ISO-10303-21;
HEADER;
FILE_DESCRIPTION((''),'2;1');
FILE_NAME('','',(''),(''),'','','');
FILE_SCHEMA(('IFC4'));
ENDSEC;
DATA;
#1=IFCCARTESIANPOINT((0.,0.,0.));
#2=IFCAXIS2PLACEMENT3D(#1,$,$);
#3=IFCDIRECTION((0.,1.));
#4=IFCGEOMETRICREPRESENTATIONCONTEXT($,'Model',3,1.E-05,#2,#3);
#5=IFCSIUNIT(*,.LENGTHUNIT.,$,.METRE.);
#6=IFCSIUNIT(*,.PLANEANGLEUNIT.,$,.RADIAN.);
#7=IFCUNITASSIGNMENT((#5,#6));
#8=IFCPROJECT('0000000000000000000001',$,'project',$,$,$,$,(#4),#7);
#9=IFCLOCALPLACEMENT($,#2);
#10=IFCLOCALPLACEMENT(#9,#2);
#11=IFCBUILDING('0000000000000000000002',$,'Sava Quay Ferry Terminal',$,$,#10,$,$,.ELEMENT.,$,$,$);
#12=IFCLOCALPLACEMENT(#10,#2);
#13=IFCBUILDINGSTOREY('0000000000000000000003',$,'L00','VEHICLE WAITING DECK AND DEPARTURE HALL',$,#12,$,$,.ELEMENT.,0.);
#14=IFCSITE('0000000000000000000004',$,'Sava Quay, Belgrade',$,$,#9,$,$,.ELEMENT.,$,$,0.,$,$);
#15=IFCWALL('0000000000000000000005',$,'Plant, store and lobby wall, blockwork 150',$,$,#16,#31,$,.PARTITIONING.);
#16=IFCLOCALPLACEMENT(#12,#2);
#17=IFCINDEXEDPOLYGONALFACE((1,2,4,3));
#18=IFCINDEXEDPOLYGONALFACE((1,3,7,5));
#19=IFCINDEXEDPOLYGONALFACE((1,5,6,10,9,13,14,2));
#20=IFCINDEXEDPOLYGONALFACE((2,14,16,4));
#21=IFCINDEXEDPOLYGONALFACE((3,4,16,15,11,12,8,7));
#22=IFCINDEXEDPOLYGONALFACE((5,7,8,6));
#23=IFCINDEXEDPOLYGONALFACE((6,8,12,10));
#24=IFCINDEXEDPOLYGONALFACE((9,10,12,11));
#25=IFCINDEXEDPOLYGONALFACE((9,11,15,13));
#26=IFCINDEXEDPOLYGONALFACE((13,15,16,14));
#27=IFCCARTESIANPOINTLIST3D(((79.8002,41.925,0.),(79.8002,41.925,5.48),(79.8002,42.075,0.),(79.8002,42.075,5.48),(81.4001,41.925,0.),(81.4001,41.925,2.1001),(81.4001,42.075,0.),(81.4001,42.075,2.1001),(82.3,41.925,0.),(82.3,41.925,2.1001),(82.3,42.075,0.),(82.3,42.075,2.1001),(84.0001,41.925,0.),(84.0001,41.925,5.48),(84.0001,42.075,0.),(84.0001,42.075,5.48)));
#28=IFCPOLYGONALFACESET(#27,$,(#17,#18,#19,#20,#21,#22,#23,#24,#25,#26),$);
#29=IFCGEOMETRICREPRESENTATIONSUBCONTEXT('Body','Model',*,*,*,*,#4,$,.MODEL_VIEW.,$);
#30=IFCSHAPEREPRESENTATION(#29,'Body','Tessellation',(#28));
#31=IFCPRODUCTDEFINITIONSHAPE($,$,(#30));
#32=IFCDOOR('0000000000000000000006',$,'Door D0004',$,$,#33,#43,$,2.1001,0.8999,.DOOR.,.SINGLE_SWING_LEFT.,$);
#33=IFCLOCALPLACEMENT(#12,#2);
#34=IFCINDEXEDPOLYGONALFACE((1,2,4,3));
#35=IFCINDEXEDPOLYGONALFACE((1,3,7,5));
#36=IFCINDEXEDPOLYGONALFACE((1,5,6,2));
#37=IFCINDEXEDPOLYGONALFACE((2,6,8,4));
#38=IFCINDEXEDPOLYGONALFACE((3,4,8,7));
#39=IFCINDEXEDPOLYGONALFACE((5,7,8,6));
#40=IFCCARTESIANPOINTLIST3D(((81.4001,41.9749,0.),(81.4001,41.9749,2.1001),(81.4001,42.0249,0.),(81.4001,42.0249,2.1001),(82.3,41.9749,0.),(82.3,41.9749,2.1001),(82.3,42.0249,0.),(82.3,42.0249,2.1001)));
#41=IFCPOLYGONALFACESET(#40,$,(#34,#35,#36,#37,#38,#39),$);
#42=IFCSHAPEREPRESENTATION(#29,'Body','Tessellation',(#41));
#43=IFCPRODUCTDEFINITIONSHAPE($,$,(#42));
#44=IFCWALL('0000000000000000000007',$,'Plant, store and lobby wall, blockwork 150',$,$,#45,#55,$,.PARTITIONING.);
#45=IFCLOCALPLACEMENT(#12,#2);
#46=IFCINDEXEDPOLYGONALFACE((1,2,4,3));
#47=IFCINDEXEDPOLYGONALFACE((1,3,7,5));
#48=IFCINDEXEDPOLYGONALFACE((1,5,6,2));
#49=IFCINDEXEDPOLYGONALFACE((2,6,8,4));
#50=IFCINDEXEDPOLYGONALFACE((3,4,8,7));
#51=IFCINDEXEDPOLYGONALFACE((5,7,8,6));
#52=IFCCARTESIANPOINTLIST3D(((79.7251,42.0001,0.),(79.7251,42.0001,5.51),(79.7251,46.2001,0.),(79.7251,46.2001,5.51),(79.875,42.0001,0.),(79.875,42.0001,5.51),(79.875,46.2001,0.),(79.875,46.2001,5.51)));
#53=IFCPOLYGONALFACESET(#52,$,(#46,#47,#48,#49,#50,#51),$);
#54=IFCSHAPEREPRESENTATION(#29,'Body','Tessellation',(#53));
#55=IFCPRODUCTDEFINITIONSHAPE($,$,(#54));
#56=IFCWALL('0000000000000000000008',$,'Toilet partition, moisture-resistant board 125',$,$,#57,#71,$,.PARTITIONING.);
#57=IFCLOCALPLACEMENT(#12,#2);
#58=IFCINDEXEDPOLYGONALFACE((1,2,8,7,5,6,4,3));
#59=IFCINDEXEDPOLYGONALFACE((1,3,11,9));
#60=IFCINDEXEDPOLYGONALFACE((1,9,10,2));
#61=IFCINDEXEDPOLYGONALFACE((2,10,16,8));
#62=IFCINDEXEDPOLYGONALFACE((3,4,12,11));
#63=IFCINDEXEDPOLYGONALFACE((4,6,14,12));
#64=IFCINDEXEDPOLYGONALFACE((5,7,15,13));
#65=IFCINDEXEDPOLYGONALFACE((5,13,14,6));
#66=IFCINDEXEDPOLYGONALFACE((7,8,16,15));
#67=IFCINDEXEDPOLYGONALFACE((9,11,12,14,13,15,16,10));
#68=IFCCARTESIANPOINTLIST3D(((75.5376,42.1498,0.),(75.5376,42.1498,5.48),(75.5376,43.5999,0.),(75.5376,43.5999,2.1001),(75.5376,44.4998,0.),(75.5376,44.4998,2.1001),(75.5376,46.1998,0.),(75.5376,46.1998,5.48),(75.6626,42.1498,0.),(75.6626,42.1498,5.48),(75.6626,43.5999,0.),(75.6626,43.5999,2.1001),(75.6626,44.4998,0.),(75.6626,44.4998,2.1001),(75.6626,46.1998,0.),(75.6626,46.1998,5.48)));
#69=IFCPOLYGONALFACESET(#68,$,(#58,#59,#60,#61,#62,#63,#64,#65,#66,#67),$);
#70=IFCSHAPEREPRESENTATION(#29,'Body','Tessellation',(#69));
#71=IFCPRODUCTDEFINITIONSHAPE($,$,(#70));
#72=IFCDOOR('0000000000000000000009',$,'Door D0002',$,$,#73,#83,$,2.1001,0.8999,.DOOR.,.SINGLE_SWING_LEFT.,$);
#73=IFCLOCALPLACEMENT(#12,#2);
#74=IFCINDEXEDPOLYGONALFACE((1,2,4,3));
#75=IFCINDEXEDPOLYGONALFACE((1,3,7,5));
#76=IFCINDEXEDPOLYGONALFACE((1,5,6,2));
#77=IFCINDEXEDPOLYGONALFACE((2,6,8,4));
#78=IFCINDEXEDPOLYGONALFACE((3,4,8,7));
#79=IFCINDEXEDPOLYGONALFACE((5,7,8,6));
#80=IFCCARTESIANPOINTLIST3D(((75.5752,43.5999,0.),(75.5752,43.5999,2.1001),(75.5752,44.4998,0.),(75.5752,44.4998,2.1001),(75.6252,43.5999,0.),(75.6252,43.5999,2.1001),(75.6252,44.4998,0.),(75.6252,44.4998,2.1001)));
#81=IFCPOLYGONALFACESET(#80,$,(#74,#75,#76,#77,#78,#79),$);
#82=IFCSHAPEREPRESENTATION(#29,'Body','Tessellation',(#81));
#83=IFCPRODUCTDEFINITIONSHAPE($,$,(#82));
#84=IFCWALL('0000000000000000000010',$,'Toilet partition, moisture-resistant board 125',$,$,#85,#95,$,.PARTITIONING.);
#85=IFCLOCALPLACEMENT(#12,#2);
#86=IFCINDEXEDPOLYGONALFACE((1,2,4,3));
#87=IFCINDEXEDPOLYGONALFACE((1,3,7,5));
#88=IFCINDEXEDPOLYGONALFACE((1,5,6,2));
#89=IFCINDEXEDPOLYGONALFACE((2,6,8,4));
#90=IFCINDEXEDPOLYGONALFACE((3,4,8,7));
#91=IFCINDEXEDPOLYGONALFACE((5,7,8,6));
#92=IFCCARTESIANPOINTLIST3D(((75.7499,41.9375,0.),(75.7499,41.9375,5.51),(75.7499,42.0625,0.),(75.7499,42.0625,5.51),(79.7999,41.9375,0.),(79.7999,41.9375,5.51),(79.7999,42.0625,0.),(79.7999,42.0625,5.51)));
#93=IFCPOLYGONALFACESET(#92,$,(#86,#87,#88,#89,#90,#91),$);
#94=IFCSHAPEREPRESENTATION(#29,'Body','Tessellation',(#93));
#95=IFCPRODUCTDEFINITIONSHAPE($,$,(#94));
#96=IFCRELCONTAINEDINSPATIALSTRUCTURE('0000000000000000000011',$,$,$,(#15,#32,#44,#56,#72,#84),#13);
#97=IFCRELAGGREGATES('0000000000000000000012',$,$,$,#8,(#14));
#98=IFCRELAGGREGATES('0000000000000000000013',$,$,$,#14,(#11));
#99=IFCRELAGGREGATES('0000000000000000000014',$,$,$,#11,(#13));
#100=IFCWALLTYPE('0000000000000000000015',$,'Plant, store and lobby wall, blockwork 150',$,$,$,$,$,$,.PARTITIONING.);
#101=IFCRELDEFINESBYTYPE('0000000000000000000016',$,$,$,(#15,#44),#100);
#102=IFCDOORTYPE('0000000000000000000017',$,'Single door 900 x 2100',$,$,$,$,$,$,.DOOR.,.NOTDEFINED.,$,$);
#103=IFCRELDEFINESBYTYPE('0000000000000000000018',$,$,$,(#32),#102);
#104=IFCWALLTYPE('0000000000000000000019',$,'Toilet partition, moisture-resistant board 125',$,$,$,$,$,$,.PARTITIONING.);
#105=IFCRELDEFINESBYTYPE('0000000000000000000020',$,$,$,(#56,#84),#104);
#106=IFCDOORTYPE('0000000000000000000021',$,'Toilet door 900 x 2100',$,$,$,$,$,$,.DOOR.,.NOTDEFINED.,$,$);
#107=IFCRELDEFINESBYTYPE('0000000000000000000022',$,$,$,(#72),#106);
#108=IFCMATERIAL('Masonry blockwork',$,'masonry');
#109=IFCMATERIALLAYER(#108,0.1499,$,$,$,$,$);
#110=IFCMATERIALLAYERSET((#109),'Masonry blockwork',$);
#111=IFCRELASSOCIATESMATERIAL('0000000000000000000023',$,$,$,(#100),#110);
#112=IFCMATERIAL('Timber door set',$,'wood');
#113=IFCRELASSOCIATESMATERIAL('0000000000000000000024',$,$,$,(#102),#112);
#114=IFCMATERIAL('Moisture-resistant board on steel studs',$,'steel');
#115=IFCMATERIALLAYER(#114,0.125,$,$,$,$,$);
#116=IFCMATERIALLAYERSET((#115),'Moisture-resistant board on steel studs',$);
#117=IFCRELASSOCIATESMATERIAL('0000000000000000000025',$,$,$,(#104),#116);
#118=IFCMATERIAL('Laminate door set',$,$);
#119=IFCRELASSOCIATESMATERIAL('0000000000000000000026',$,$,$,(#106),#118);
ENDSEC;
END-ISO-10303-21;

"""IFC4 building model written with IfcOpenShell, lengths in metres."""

from ifc_helpers import new_model, si_unit, direction, frame, frame_2d, origin, place, context, subcontext, project, spatial, rectangle, extrude, material, layer, layer_set, type_object, element, fill, save


model = new_model("IFC4")

# Units and contexts
model_context = context("Model", 3, precision=1e-05, world=origin(), true_north=direction((0.0, 1.0)))
body_context = subcontext(model_context, "Body", "Model", "MODEL_VIEW")
ifc_project = project(units=[si_unit("LENGTHUNIT", "METRE"), si_unit("PLANEANGLEUNIT", "RADIAN")], contexts=[model_context])

# Site, building, storey
site_placement = place(None, origin())
site = spatial("IfcSite", under=ifc_project, at=site_placement, Name="Sava Quay, Belgrade", CompositionType="ELEMENT", RefElevation=0.0)
building_placement = place(site_placement, origin())
building = spatial("IfcBuilding", under=site, at=building_placement, Name="Sava Quay Ferry Terminal", CompositionType="ELEMENT")
storey_placement = place(building_placement, origin())
storey = spatial("IfcBuildingStorey", under=building, at=storey_placement, Name="L00", Description="VEHICLE WAITING DECK AND DEPARTURE HALL", CompositionType="ELEMENT", Elevation=0.0)

# Wall, opening, door
ifc_material_1 = material(Name="Masonry blockwork", Category="masonry")
ifc_layer_1 = layer(ifc_material_1, 0.1499)
ifc_layer_set_1 = layer_set([ifc_layer_1], Name="Masonry blockwork")
wall_type_1 = type_object("IfcWallType", Name="Plant, store and lobby wall, blockwork 150", PredefinedType="PARTITIONING", material=ifc_layer_set_1)
wall_1_placement = place(storey_placement, frame((79.8, 42.0, 0.0), z_axis=(0.0, 0.0, 1.0), x_axis=(1.0, 0.0, 0.0)))
wall_1 = element("IfcWall", 1, at=wall_1_placement, inside=storey, type_object=wall_type_1, Name="Plant, store and lobby wall, blockwork 150", PredefinedType="PARTITIONING", context=body_context, shape_type="SweptSolid", body=[
    extrude(rectangle(XDim=4.2, YDim=0.1499, at=frame_2d((2.1001, 0.0))), origin(), (0.0, 0.0, 1.0), 5.48),
])
opening_1_placement = place(wall_1_placement, frame((1.6001, 0.0, 0.0)))
opening_1 = element("IfcOpeningElement", 2, at=opening_1_placement, cuts=wall_1, PredefinedType="OPENING", context=body_context, shape_type="SweptSolid", body=[
    extrude(rectangle(XDim=0.8999, YDim=2.1001, at=frame_2d((0.45, 1.05))), frame((0.0, 0.075, 0.0), z_axis=(0.0, -1.0, 0.0), x_axis=(1.0, 0.0, 0.0)), (0.0, 0.0, 1.0), 0.1499),
])
ifc_material_2 = material(Name="Timber door set", Category="wood")
door_type_1 = type_object("IfcDoorType", Name="Single door 900 x 2100", OperationType="NOTDEFINED", PredefinedType="DOOR", material=ifc_material_2)
door_1_placement = place(opening_1_placement, origin())
door_1 = element("IfcDoor", 3, at=door_1_placement, inside=storey, type_object=door_type_1, Name="Door D0004", OperationType="SINGLE_SWING_LEFT", OverallHeight=2.1001, OverallWidth=0.8999, PredefinedType="DOOR", context=body_context, shape_type="SweptSolid", body=[
    extrude(rectangle(XDim=0.8999, YDim=2.1001, at=frame_2d((0.45, 1.05))), frame((0.0, 0.0249, 0.0), z_axis=(0.0, -1.0, 0.0), x_axis=(1.0, 0.0, 0.0)), (0.0, 0.0, 1.0), 0.05),
])
fill(opening_1, door_1)

# Wall
wall_2_placement = place(storey_placement, frame((79.8, 42.0, 0.0), z_axis=(0.0, 0.0, 1.0), x_axis=(0.0, 1.0, 0.0)))
element("IfcWall", 4, at=wall_2_placement, inside=storey, type_object=wall_type_1, Name="Plant, store and lobby wall, blockwork 150", PredefinedType="PARTITIONING", context=body_context, shape_type="SweptSolid", body=[
    extrude(rectangle(XDim=4.2, YDim=0.1499, at=frame_2d((2.1001, 0.0))), origin(), (0.0, 0.0, 1.0), 5.51),
])

# Wall, opening, door
ifc_material_3 = material(Name="Moisture-resistant board on steel studs", Category="steel")
ifc_layer_2 = layer(ifc_material_3, 0.125)
ifc_layer_set_2 = layer_set([ifc_layer_2], Name="Moisture-resistant board on steel studs")
wall_type_2 = type_object("IfcWallType", Name="Toilet partition, moisture-resistant board 125", PredefinedType="PARTITIONING", material=ifc_layer_set_2)
wall_3_placement = place(storey_placement, frame((75.6001, 42.1499, 0.0), z_axis=(0.0, 0.0, 1.0), x_axis=(0.0, 1.0, 0.0)))
wall_3 = element("IfcWall", 5, at=wall_3_placement, inside=storey, type_object=wall_type_2, Name="Toilet partition, moisture-resistant board 125", PredefinedType="PARTITIONING", context=body_context, shape_type="SweptSolid", body=[
    extrude(rectangle(XDim=4.05, YDim=0.125, at=frame_2d((2.0249, 0.0))), origin(), (0.0, 0.0, 1.0), 5.48),
])
opening_2_placement = place(wall_3_placement, frame((1.45, 0.0, 0.0)))
opening_2 = element("IfcOpeningElement", 6, at=opening_2_placement, cuts=wall_3, PredefinedType="OPENING", context=body_context, shape_type="SweptSolid", body=[
    extrude(rectangle(XDim=0.8999, YDim=2.1001, at=frame_2d((0.45, 1.05))), frame((0.0, 0.0625, 0.0), z_axis=(0.0, -1.0, 0.0), x_axis=(1.0, 0.0, 0.0)), (0.0, 0.0, 1.0), 0.125),
])
ifc_material_4 = material(Name="Laminate door set")
door_type_2 = type_object("IfcDoorType", Name="Toilet door 900 x 2100", OperationType="NOTDEFINED", PredefinedType="DOOR", material=ifc_material_4)
door_2_placement = place(opening_2_placement, origin())
door_2 = element("IfcDoor", 7, at=door_2_placement, inside=storey, type_object=door_type_2, Name="Door D0002", OperationType="SINGLE_SWING_LEFT", OverallHeight=2.1001, OverallWidth=0.8999, PredefinedType="DOOR", context=body_context, shape_type="SweptSolid", body=[
    extrude(rectangle(XDim=0.8999, YDim=2.1001, at=frame_2d((0.45, 1.05))), frame((0.0, 0.0249, 0.0), z_axis=(0.0, -1.0, 0.0), x_axis=(1.0, 0.0, 0.0)), (0.0, 0.0, 1.0), 0.05),
])
fill(opening_2, door_2)

# Wall
wall_4_placement = place(storey_placement, frame((75.75, 42.0, 0.0), z_axis=(0.0, 0.0, 1.0), x_axis=(1.0, 0.0, 0.0)))
element("IfcWall", 8, at=wall_4_placement, inside=storey, type_object=wall_type_2, Name="Toilet partition, moisture-resistant board 125", PredefinedType="PARTITIONING", context=body_context, shape_type="SweptSolid", body=[
    extrude(rectangle(XDim=4.05, YDim=0.125, at=frame_2d((2.0249, 0.0))), origin(), (0.0, 0.0, 1.0), 5.51),
])

save(model, "model.ifc")
